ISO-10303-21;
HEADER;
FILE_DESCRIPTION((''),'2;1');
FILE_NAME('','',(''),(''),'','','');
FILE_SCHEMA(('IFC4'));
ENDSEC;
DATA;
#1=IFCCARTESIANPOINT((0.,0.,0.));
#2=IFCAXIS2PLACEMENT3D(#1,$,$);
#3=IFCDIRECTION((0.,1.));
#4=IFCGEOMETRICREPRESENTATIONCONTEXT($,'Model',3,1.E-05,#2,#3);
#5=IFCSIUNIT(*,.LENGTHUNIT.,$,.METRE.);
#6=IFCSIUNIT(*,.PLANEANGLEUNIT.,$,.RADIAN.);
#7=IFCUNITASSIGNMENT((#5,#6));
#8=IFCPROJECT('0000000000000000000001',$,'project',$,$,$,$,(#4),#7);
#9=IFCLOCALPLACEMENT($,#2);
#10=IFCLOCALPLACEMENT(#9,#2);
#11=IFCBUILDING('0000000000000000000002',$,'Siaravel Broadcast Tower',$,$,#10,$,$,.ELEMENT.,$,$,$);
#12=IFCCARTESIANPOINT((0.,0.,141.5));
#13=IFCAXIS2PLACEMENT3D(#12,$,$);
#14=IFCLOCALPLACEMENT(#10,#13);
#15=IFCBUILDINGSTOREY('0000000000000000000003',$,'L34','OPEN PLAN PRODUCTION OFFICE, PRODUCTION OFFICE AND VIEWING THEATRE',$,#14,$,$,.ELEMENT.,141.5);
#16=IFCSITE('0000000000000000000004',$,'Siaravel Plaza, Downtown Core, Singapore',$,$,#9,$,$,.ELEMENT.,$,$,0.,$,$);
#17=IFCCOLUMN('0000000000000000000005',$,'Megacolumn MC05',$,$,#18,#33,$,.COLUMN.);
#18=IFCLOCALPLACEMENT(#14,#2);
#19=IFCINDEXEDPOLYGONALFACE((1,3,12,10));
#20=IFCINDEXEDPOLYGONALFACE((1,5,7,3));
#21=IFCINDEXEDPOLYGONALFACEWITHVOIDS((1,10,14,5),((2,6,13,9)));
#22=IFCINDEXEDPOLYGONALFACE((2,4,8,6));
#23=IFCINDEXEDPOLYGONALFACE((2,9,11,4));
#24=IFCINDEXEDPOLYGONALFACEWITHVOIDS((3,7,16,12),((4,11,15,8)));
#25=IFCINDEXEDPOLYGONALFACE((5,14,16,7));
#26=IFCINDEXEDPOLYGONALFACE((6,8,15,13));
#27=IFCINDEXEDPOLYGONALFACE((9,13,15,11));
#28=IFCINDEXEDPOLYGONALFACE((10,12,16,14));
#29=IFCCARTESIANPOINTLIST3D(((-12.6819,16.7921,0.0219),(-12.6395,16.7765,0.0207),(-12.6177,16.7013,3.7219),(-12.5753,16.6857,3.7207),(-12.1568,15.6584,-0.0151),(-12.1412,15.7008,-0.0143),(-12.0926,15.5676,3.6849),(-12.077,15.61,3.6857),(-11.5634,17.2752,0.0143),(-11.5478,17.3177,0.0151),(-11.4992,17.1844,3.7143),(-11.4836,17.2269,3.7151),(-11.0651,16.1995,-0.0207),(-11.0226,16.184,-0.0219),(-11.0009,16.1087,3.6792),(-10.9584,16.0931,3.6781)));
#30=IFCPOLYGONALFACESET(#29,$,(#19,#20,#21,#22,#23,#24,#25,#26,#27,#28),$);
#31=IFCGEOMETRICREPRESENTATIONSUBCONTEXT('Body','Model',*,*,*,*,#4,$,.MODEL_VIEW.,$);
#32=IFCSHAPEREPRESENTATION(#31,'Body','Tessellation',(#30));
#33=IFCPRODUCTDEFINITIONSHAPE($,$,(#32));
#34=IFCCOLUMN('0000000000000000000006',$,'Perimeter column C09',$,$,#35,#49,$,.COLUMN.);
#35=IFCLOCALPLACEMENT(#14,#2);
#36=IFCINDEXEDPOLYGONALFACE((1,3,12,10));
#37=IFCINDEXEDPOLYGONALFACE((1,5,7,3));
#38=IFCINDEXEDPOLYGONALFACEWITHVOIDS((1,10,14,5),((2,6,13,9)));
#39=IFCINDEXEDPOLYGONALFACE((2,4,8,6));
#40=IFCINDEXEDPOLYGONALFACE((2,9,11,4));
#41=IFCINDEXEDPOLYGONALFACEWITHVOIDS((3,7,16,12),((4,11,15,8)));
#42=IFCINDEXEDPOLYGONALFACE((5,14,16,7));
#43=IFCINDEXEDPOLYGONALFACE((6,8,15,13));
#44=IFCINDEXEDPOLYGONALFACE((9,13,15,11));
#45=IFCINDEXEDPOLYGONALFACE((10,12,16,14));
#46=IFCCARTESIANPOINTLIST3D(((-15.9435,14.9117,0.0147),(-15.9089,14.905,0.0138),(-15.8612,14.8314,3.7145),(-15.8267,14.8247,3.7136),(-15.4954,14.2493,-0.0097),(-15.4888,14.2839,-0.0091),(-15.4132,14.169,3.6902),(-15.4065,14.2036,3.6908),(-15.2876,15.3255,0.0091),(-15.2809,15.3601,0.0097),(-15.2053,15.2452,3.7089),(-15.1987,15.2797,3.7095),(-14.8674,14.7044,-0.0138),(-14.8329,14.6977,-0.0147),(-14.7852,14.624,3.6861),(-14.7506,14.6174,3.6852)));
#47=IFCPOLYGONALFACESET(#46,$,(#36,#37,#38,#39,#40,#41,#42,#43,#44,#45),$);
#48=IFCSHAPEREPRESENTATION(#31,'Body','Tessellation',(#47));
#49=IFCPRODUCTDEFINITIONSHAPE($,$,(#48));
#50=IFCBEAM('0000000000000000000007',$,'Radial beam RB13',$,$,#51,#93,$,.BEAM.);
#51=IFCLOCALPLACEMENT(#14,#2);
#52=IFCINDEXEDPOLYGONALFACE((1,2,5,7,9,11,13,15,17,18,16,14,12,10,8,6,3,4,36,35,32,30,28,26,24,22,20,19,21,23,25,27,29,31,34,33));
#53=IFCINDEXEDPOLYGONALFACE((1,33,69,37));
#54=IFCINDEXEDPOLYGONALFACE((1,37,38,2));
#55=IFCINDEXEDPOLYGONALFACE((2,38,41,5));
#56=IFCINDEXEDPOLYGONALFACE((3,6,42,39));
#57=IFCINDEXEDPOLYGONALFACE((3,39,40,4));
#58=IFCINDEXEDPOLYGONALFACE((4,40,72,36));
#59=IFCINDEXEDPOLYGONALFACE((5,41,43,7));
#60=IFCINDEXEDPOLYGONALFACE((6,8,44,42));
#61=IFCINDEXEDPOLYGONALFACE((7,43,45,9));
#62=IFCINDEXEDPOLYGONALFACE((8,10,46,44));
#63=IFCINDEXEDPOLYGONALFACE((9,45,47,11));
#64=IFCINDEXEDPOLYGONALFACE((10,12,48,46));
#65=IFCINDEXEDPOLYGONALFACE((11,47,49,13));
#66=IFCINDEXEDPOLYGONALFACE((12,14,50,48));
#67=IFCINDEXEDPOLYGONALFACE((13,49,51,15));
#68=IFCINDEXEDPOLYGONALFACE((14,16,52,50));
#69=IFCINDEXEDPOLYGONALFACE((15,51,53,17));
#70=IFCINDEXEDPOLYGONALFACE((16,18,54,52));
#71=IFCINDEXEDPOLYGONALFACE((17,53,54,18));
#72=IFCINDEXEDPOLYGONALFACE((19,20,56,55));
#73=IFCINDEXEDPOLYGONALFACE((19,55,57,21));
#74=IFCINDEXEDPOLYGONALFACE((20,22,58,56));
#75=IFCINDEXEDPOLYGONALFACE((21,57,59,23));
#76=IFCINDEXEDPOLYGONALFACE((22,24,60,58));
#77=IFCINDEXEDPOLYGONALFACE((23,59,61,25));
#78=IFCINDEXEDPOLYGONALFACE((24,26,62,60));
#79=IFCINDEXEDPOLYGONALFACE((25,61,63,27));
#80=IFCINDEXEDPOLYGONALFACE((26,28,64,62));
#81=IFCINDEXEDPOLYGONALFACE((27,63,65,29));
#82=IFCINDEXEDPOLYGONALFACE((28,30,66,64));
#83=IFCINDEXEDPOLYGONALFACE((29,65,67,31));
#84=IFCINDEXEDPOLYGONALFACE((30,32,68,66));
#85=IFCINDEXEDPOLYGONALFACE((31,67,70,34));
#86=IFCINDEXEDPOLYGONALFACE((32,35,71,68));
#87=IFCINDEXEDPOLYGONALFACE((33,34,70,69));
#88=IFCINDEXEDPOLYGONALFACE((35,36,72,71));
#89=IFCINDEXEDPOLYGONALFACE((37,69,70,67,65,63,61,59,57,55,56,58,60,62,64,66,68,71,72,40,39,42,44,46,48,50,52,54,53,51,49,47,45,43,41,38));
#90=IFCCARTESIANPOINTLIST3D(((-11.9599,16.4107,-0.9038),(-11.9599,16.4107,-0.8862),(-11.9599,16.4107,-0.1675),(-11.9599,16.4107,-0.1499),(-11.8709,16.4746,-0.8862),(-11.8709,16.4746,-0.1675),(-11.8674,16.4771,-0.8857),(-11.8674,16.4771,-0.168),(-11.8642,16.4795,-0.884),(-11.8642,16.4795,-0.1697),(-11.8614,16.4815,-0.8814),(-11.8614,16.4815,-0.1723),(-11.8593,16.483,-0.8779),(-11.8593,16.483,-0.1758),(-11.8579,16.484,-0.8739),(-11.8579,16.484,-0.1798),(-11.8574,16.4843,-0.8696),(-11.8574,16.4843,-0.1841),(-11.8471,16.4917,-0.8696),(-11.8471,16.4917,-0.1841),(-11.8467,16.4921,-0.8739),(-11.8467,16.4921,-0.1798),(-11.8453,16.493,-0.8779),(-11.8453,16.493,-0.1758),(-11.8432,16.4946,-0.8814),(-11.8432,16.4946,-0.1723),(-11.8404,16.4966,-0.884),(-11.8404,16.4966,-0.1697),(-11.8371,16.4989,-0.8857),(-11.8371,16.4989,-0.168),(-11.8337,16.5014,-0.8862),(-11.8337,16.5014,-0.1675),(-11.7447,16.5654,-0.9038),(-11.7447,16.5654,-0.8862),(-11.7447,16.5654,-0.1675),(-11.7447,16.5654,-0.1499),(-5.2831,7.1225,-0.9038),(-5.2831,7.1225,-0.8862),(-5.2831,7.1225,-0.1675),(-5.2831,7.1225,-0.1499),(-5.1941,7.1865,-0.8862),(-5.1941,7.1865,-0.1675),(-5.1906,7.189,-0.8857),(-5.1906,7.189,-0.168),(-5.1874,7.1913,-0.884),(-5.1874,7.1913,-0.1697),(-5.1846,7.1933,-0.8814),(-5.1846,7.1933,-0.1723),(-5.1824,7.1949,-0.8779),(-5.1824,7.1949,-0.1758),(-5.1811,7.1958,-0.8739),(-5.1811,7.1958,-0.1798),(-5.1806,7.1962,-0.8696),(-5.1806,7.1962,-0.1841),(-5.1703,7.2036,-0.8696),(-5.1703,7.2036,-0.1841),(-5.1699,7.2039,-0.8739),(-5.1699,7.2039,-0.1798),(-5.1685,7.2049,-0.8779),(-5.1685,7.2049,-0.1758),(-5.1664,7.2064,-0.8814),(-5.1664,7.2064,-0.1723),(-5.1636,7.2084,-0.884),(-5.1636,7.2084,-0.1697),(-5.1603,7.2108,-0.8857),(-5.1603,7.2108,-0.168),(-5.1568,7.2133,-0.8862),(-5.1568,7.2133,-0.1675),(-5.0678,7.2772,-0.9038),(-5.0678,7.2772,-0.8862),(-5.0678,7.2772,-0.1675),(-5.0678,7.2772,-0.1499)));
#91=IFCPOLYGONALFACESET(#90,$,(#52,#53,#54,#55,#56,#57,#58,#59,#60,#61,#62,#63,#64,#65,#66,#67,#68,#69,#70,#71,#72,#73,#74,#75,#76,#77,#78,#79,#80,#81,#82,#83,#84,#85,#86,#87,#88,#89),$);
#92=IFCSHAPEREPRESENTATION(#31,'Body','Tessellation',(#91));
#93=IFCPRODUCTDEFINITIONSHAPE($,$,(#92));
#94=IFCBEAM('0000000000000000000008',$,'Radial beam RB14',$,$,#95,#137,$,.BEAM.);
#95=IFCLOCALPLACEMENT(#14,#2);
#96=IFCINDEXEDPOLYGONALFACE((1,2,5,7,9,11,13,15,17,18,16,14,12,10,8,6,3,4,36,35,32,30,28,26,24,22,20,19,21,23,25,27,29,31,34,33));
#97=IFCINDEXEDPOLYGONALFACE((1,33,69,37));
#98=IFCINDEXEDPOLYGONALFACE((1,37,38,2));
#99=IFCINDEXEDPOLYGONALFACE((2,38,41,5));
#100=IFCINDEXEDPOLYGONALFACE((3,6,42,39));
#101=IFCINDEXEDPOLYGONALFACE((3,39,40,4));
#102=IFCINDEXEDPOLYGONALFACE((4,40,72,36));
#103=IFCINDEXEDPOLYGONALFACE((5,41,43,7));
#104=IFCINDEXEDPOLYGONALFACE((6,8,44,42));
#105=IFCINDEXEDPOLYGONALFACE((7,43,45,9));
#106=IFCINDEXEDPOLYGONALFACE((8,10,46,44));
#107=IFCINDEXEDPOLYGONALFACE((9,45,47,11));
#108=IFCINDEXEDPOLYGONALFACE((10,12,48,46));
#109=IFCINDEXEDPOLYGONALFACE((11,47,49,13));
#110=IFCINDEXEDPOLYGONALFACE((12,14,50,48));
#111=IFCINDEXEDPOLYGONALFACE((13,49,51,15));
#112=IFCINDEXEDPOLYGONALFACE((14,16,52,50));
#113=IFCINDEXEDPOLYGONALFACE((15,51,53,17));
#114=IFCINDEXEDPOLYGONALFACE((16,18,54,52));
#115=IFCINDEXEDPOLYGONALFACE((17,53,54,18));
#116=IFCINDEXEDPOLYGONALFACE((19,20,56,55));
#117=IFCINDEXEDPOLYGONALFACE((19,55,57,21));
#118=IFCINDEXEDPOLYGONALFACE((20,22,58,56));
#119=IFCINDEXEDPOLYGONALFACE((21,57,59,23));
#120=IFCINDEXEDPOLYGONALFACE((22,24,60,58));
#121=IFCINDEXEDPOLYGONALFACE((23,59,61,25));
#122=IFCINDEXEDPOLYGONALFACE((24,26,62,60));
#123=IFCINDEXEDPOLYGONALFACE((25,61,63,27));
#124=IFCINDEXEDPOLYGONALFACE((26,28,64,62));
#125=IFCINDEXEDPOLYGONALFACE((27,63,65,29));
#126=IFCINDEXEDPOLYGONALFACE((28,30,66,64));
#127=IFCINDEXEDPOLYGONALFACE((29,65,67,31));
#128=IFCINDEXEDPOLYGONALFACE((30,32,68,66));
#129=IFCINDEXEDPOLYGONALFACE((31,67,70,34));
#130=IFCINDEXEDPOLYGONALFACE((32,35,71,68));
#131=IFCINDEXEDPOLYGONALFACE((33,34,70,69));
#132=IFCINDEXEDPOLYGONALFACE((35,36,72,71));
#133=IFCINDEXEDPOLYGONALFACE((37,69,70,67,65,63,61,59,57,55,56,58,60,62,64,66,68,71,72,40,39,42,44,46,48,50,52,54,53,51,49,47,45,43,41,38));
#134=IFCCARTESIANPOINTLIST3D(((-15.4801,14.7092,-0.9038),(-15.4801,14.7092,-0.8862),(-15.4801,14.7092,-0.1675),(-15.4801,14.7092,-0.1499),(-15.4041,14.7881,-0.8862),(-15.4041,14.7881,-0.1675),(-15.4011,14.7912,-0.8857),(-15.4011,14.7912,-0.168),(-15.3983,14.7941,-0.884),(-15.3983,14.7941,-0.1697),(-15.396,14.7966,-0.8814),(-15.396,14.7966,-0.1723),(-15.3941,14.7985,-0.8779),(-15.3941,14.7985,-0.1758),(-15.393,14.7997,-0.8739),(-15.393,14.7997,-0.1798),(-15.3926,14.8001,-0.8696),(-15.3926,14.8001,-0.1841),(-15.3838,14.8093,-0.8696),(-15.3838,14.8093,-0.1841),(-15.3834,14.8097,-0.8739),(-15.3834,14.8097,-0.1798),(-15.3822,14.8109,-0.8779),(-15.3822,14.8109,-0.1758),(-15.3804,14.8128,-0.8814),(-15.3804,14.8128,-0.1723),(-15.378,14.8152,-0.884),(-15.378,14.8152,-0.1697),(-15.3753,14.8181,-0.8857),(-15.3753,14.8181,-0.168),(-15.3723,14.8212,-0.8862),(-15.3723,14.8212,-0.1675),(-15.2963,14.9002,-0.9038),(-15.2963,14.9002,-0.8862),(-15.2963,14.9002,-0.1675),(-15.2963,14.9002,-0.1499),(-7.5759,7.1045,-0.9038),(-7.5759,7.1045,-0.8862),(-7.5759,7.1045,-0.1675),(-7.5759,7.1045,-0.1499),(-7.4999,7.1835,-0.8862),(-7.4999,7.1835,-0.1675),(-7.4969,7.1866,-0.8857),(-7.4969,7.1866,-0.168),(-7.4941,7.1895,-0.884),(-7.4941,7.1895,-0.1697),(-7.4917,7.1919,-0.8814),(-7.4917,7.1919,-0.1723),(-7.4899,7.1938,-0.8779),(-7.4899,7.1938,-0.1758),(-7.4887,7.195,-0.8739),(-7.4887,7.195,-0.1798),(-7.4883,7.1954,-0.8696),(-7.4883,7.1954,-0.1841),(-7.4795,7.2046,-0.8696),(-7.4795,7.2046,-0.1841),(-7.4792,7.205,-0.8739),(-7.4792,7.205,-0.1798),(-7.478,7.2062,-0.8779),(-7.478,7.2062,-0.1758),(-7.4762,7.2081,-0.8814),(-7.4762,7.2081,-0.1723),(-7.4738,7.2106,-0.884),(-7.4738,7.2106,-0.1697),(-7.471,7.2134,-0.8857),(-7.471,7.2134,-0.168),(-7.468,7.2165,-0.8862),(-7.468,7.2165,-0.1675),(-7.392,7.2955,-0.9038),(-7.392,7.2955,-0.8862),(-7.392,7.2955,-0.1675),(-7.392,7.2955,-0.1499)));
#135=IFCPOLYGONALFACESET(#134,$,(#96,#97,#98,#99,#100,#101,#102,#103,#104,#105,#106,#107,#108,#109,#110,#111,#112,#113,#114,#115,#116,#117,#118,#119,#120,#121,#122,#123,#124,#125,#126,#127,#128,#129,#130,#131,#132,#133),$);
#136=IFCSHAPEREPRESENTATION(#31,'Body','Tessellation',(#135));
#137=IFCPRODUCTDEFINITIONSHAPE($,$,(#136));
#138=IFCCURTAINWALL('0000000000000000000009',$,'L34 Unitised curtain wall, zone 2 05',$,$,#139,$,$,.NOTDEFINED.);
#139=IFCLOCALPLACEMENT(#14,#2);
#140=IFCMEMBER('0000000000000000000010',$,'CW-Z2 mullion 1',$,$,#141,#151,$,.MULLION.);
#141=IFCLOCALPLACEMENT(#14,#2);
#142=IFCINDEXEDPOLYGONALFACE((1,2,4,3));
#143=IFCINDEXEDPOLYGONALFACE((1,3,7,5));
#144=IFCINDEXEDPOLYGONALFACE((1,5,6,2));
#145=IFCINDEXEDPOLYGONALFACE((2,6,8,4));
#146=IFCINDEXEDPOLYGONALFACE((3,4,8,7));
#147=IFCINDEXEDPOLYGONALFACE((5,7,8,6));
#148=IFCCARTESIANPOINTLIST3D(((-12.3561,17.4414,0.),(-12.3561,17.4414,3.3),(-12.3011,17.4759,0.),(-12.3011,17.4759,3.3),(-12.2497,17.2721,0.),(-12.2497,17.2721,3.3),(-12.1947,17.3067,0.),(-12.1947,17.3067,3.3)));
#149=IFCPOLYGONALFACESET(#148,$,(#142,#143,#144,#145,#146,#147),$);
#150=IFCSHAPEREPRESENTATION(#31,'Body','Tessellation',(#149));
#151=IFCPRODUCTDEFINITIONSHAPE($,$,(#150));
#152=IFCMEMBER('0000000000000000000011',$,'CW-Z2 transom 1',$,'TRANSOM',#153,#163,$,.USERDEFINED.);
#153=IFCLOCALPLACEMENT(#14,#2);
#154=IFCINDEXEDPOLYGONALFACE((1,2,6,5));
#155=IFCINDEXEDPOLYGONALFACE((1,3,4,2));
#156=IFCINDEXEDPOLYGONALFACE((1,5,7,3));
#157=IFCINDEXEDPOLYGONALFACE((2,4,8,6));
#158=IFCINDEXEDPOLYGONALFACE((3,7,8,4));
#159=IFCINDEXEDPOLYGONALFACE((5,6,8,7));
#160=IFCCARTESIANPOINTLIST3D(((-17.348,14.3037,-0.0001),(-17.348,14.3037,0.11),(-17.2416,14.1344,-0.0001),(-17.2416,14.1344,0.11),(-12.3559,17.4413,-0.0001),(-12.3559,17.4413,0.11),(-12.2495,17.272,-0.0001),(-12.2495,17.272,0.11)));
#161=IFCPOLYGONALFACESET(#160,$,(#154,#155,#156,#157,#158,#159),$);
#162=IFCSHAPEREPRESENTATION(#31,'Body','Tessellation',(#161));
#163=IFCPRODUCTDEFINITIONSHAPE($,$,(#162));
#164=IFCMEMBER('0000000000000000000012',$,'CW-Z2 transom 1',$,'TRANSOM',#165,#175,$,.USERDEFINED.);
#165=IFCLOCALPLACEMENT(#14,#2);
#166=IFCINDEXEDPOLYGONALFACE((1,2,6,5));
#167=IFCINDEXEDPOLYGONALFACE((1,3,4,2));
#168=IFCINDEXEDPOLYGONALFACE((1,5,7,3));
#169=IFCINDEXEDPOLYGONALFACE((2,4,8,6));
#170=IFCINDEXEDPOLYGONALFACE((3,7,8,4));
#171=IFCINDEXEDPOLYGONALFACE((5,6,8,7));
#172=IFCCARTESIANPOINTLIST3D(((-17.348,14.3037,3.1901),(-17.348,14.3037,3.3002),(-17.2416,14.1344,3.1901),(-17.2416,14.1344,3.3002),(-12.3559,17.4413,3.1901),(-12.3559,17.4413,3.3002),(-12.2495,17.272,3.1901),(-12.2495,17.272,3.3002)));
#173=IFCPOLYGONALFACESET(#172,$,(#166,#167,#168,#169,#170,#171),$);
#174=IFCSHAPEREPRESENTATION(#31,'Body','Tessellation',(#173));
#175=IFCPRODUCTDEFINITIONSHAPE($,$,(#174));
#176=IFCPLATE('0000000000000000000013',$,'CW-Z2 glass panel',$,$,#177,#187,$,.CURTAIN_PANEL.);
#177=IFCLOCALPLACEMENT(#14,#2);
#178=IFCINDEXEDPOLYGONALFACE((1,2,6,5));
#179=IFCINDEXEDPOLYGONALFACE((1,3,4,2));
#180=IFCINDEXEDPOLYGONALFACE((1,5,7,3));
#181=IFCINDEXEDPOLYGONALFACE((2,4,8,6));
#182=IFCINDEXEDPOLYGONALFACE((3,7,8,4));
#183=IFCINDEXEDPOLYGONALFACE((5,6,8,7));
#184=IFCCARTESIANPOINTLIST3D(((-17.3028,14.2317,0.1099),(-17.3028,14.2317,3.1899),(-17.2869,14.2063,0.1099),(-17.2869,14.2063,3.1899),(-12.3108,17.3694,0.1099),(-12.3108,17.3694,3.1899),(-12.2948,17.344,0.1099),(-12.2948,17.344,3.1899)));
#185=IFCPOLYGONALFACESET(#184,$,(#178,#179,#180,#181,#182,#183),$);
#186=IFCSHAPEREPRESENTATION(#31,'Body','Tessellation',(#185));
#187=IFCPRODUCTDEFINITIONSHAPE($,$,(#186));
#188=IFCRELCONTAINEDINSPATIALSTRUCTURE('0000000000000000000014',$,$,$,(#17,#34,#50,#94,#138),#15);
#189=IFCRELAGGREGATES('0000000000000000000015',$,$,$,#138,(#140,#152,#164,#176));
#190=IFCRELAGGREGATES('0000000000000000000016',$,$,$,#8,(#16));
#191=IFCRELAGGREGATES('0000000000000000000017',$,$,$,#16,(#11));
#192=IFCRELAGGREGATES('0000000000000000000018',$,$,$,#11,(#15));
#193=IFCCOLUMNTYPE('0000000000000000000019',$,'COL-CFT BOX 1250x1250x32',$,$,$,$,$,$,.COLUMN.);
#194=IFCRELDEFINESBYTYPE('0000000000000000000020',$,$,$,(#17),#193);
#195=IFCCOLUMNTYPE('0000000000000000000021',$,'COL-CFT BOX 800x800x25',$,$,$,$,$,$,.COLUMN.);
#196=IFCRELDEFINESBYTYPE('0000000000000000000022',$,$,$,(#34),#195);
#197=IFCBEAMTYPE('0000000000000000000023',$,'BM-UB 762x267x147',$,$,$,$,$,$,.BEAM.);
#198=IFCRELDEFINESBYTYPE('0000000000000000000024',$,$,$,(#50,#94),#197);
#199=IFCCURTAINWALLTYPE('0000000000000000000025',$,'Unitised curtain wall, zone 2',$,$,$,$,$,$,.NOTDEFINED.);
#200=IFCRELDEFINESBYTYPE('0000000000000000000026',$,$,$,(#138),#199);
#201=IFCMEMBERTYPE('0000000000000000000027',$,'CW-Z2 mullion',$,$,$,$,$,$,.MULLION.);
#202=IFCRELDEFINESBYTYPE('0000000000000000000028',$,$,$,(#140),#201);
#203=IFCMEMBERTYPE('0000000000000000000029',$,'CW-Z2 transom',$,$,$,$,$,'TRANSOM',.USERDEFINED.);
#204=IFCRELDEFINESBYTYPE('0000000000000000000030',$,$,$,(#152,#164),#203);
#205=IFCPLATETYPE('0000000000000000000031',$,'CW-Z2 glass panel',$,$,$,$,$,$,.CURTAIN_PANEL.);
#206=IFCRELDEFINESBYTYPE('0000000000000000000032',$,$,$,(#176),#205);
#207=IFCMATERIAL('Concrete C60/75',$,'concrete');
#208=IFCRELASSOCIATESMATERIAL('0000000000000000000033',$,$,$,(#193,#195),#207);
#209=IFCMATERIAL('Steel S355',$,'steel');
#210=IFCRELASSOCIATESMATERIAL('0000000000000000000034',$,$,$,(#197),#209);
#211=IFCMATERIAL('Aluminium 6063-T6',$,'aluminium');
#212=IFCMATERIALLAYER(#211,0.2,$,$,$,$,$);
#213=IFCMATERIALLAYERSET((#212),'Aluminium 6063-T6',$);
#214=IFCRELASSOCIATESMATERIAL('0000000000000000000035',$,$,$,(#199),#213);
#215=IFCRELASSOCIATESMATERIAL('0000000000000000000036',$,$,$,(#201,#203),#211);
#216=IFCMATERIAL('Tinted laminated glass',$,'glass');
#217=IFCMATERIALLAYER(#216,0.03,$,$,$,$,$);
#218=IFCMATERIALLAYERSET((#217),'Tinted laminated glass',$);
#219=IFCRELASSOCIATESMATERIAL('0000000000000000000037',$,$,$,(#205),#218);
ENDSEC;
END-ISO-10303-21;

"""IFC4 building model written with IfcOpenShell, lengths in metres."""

from ifc_helpers import new_model, si_unit, direction, frame, origin, origin_2d, place, context, subcontext, project, spatial, rectangle, hollow_rectangle, i_section, extrude, material, layer, layer_set, material_profile, profile_set, type_object, element, aggregate, save


model = new_model("IFC4")

# Units and contexts
model_context = context("Model", 3, precision=1e-05, world=origin(), true_north=direction((0.0, 1.0)))
body_context = subcontext(model_context, "Body", "Model", "MODEL_VIEW")
ifc_project = project(units=[si_unit("LENGTHUNIT", "METRE"), si_unit("PLANEANGLEUNIT", "RADIAN")], contexts=[model_context])

# Site, building, storey
site_placement = place(None, origin())
site = spatial("IfcSite", under=ifc_project, at=site_placement, Name="Siaravel Plaza, Downtown Core, Singapore", CompositionType="ELEMENT", RefElevation=0.0)
building_placement = place(site_placement, origin())
building = spatial("IfcBuilding", under=site, at=building_placement, Name="Siaravel Broadcast Tower", CompositionType="ELEMENT")
storey_placement = place(building_placement, frame((0.0, 0.0, 141.5)))
storey = spatial("IfcBuildingStorey", under=building, at=storey_placement, Name="L34", Description="OPEN PLAN PRODUCTION OFFICE, PRODUCTION OFFICE AND VIEWING THEATRE", CompositionType="ELEMENT", Elevation=141.5)

# Columns
ifc_material_1 = material(Name="Concrete C60/75", Category="concrete")
ifc_material_profile_1 = material_profile(ifc_material_1, hollow_rectangle(XDim=1.25, YDim=1.25, WallThickness=0.032, at=origin_2d()))
ifc_profile_set_1 = profile_set([ifc_material_profile_1], Name="Concrete C60/75")
column_type_1 = type_object("IfcColumnType", Name="COL-CFT BOX 1250x1250x32", PredefinedType="COLUMN", material=ifc_profile_set_1)
column_1_placement = place(storey_placement, frame((-11.8523, 16.488, 0.0), z_axis=(0.017346, -0.024535, 0.999548), x_axis=(0.907291, 0.420467, -0.005424)))
element("IfcColumn", 1, at=column_1_placement, inside=storey, type_object=column_type_1, Name="Megacolumn MC05", PredefinedType="COLUMN", context=body_context, shape_type="SweptSolid", body=[
    extrude(hollow_rectangle(XDim=1.25, YDim=1.25, WallThickness=0.032, at=origin_2d()), origin(), (0.0, 0.0, 1.0), 3.7017),
])
ifc_material_profile_2 = material_profile(ifc_material_1, hollow_rectangle(XDim=0.8, YDim=0.8, WallThickness=0.0249, at=origin_2d()))
ifc_profile_set_2 = profile_set([ifc_material_profile_2], Name="Concrete C60/75")
column_type_2 = type_object("IfcColumnType", Name="COL-CFT BOX 800x800x25", PredefinedType="COLUMN", material=ifc_profile_set_2)
column_2_placement = place(storey_placement, frame((-15.3882, 14.8047, 0.0), z_axis=(0.022226, -0.021699, 0.999517), x_axis=(0.828165, 0.56045, -0.006249)))
element("IfcColumn", 2, at=column_2_placement, inside=storey, type_object=column_type_2, Name="Perimeter column C09", PredefinedType="COLUMN", context=body_context, shape_type="SweptSolid", body=[
    extrude(hollow_rectangle(XDim=0.8, YDim=0.8, WallThickness=0.0249, at=origin_2d()), origin(), (0.0, 0.0, 1.0), 3.7017),
])

# Beams
ifc_material_2 = material(Name="Steel S355", Category="steel")
ifc_material_profile_3 = material_profile(ifc_material_2, i_section(OverallWidth=0.2651, OverallDepth=0.7539, WebThickness=0.0127, FlangeThickness=0.0176, FilletRadius=0.0166, at=origin_2d()))
ifc_profile_set_3 = profile_set([ifc_material_profile_3], Name="Steel S355")
beam_type = type_object("IfcBeamType", Name="BM-UB 762x267x147", PredefinedType="BEAM", material=ifc_profile_set_3)
beam_1_placement = place(storey_placement, frame((-11.8523, 16.488, -0.5269), z_axis=(0.583691, -0.811976, 0.0), x_axis=(0.811976, 0.583691, 0.0)))
element("IfcBeam", 3, at=beam_1_placement, inside=storey, type_object=beam_type, Name="Radial beam RB13", PredefinedType="BEAM", context=body_context, shape_type="SweptSolid", body=[
    extrude(i_section(OverallWidth=0.2651, OverallDepth=0.7539, WebThickness=0.0127, FlangeThickness=0.0176, FilletRadius=0.0166, at=origin_2d()), origin(), (0.0, 0.0, 1.0), 11.439),
])
beam_2_placement = place(storey_placement, frame((-15.3882, 14.8047, -0.5269), z_axis=(0.72063, -0.69332, 0.0), x_axis=(0.69332, 0.72063, 0.0)))
element("IfcBeam", 4, at=beam_2_placement, inside=storey, type_object=beam_type, Name="Radial beam RB14", PredefinedType="BEAM", context=body_context, shape_type="SweptSolid", body=[
    extrude(i_section(OverallWidth=0.2651, OverallDepth=0.7539, WebThickness=0.0127, FlangeThickness=0.0176, FilletRadius=0.0166, at=origin_2d()), origin(), (0.0, 0.0, 1.0), 10.9685),
])

# Curtain wall, members, plate
ifc_material_3 = material(Name="Aluminium 6063-T6", Category="aluminium")
ifc_layer_1 = layer(ifc_material_3, 0.2)
ifc_layer_set_1 = layer_set([ifc_layer_1], Name="Aluminium 6063-T6")
curtain_wall_type = type_object("IfcCurtainWallType", Name="Unitised curtain wall, zone 2", PredefinedType="NOTDEFINED", material=ifc_layer_set_1)
curtain_wall_placement = place(storey_placement, origin())
curtain_wall = element("IfcCurtainWall", 5, at=curtain_wall_placement, inside=storey, type_object=curtain_wall_type, Name="L34 Unitised curtain wall, zone 2 05", PredefinedType="NOTDEFINED")
ifc_material_profile_4 = material_profile(ifc_material_3, rectangle(XDim=0.2, YDim=0.0649, at=origin_2d()))
ifc_profile_set_4 = profile_set([ifc_material_profile_4], Name="Aluminium 6063-T6")
member_type_1 = type_object("IfcMemberType", Name="CW-Z2 mullion", PredefinedType="MULLION", material=ifc_profile_set_4)
member_1_placement = place(storey_placement, frame((-12.2754, 17.374, 0.0), z_axis=(0.0, 0.0, 1.0), x_axis=(0.53215, -0.84665, 0.0)))
member_1 = element("IfcMember", 6, at=member_1_placement, type_object=member_type_1, Name="CW-Z2 mullion 1", PredefinedType="MULLION", context=body_context, shape_type="SweptSolid", body=[
    extrude(rectangle(XDim=0.2, YDim=0.0649, at=origin_2d()), origin(), (0.0, 0.0, 1.0), 3.3),
])
ifc_material_profile_5 = material_profile(ifc_material_3, rectangle(XDim=0.2, YDim=0.1101, at=origin_2d()))
ifc_profile_set_5 = profile_set([ifc_material_profile_5], Name="Aluminium 6063-T6")
member_type_2 = type_object("IfcMemberType", Name="CW-Z2 transom", ElementType="TRANSOM", PredefinedType="USERDEFINED", material=ifc_profile_set_5)
member_2_placement = place(storey_placement, frame((-12.3027, 17.3567, 0.0549), z_axis=(-0.846656, -0.532141, 0.0), x_axis=(0.532141, -0.846656, 0.0)))
member_2 = element("IfcMember", 7, at=member_2_placement, type_object=member_type_2, Name="CW-Z2 transom 1", ObjectType="TRANSOM", PredefinedType="USERDEFINED", context=body_context, shape_type="SweptSolid", body=[
    extrude(rectangle(XDim=0.2, YDim=0.1101, at=origin_2d()), origin(), (0.0, 0.0, 1.0), 5.8962),
])
member_3_placement = place(storey_placement, frame((-12.3027, 17.3567, 3.2451), z_axis=(-0.846656, -0.532141, 0.0), x_axis=(0.532141, -0.846656, 0.0)))
member_3 = element("IfcMember", 8, at=member_3_placement, type_object=member_type_2, Name="CW-Z2 transom 1", ObjectType="TRANSOM", PredefinedType="USERDEFINED", context=body_context, shape_type="SweptSolid", body=[
    extrude(rectangle(XDim=0.2, YDim=0.1101, at=origin_2d()), origin(), (0.0, 0.0, 1.0), 5.8962),
])
ifc_material_4 = material(Name="Tinted laminated glass", Category="glass")
ifc_layer_2 = layer(ifc_material_4, 0.03)
ifc_layer_set_2 = layer_set([ifc_layer_2], Name="Tinted laminated glass")
plate_type = type_object("IfcPlateType", Name="CW-Z2 glass panel", PredefinedType="CURTAIN_PANEL", material=ifc_layer_set_2)
plate_placement = place(storey_placement, frame((-14.7988, 15.7878, 0.1099), z_axis=(0.0, 0.0, 1.0), x_axis=(-0.84665, -0.53215, 0.0)))
plate = element("IfcPlate", 9, at=plate_placement, type_object=plate_type, Name="CW-Z2 glass panel", PredefinedType="CURTAIN_PANEL", context=body_context, shape_type="SweptSolid", body=[
    extrude(rectangle(XDim=5.8962, YDim=0.03, at=origin_2d()), origin(), (0.0, 0.0, 1.0), 3.0801),
])
aggregate(curtain_wall, [member_1, member_2, member_3, plate])

save(model, "model.ifc")
